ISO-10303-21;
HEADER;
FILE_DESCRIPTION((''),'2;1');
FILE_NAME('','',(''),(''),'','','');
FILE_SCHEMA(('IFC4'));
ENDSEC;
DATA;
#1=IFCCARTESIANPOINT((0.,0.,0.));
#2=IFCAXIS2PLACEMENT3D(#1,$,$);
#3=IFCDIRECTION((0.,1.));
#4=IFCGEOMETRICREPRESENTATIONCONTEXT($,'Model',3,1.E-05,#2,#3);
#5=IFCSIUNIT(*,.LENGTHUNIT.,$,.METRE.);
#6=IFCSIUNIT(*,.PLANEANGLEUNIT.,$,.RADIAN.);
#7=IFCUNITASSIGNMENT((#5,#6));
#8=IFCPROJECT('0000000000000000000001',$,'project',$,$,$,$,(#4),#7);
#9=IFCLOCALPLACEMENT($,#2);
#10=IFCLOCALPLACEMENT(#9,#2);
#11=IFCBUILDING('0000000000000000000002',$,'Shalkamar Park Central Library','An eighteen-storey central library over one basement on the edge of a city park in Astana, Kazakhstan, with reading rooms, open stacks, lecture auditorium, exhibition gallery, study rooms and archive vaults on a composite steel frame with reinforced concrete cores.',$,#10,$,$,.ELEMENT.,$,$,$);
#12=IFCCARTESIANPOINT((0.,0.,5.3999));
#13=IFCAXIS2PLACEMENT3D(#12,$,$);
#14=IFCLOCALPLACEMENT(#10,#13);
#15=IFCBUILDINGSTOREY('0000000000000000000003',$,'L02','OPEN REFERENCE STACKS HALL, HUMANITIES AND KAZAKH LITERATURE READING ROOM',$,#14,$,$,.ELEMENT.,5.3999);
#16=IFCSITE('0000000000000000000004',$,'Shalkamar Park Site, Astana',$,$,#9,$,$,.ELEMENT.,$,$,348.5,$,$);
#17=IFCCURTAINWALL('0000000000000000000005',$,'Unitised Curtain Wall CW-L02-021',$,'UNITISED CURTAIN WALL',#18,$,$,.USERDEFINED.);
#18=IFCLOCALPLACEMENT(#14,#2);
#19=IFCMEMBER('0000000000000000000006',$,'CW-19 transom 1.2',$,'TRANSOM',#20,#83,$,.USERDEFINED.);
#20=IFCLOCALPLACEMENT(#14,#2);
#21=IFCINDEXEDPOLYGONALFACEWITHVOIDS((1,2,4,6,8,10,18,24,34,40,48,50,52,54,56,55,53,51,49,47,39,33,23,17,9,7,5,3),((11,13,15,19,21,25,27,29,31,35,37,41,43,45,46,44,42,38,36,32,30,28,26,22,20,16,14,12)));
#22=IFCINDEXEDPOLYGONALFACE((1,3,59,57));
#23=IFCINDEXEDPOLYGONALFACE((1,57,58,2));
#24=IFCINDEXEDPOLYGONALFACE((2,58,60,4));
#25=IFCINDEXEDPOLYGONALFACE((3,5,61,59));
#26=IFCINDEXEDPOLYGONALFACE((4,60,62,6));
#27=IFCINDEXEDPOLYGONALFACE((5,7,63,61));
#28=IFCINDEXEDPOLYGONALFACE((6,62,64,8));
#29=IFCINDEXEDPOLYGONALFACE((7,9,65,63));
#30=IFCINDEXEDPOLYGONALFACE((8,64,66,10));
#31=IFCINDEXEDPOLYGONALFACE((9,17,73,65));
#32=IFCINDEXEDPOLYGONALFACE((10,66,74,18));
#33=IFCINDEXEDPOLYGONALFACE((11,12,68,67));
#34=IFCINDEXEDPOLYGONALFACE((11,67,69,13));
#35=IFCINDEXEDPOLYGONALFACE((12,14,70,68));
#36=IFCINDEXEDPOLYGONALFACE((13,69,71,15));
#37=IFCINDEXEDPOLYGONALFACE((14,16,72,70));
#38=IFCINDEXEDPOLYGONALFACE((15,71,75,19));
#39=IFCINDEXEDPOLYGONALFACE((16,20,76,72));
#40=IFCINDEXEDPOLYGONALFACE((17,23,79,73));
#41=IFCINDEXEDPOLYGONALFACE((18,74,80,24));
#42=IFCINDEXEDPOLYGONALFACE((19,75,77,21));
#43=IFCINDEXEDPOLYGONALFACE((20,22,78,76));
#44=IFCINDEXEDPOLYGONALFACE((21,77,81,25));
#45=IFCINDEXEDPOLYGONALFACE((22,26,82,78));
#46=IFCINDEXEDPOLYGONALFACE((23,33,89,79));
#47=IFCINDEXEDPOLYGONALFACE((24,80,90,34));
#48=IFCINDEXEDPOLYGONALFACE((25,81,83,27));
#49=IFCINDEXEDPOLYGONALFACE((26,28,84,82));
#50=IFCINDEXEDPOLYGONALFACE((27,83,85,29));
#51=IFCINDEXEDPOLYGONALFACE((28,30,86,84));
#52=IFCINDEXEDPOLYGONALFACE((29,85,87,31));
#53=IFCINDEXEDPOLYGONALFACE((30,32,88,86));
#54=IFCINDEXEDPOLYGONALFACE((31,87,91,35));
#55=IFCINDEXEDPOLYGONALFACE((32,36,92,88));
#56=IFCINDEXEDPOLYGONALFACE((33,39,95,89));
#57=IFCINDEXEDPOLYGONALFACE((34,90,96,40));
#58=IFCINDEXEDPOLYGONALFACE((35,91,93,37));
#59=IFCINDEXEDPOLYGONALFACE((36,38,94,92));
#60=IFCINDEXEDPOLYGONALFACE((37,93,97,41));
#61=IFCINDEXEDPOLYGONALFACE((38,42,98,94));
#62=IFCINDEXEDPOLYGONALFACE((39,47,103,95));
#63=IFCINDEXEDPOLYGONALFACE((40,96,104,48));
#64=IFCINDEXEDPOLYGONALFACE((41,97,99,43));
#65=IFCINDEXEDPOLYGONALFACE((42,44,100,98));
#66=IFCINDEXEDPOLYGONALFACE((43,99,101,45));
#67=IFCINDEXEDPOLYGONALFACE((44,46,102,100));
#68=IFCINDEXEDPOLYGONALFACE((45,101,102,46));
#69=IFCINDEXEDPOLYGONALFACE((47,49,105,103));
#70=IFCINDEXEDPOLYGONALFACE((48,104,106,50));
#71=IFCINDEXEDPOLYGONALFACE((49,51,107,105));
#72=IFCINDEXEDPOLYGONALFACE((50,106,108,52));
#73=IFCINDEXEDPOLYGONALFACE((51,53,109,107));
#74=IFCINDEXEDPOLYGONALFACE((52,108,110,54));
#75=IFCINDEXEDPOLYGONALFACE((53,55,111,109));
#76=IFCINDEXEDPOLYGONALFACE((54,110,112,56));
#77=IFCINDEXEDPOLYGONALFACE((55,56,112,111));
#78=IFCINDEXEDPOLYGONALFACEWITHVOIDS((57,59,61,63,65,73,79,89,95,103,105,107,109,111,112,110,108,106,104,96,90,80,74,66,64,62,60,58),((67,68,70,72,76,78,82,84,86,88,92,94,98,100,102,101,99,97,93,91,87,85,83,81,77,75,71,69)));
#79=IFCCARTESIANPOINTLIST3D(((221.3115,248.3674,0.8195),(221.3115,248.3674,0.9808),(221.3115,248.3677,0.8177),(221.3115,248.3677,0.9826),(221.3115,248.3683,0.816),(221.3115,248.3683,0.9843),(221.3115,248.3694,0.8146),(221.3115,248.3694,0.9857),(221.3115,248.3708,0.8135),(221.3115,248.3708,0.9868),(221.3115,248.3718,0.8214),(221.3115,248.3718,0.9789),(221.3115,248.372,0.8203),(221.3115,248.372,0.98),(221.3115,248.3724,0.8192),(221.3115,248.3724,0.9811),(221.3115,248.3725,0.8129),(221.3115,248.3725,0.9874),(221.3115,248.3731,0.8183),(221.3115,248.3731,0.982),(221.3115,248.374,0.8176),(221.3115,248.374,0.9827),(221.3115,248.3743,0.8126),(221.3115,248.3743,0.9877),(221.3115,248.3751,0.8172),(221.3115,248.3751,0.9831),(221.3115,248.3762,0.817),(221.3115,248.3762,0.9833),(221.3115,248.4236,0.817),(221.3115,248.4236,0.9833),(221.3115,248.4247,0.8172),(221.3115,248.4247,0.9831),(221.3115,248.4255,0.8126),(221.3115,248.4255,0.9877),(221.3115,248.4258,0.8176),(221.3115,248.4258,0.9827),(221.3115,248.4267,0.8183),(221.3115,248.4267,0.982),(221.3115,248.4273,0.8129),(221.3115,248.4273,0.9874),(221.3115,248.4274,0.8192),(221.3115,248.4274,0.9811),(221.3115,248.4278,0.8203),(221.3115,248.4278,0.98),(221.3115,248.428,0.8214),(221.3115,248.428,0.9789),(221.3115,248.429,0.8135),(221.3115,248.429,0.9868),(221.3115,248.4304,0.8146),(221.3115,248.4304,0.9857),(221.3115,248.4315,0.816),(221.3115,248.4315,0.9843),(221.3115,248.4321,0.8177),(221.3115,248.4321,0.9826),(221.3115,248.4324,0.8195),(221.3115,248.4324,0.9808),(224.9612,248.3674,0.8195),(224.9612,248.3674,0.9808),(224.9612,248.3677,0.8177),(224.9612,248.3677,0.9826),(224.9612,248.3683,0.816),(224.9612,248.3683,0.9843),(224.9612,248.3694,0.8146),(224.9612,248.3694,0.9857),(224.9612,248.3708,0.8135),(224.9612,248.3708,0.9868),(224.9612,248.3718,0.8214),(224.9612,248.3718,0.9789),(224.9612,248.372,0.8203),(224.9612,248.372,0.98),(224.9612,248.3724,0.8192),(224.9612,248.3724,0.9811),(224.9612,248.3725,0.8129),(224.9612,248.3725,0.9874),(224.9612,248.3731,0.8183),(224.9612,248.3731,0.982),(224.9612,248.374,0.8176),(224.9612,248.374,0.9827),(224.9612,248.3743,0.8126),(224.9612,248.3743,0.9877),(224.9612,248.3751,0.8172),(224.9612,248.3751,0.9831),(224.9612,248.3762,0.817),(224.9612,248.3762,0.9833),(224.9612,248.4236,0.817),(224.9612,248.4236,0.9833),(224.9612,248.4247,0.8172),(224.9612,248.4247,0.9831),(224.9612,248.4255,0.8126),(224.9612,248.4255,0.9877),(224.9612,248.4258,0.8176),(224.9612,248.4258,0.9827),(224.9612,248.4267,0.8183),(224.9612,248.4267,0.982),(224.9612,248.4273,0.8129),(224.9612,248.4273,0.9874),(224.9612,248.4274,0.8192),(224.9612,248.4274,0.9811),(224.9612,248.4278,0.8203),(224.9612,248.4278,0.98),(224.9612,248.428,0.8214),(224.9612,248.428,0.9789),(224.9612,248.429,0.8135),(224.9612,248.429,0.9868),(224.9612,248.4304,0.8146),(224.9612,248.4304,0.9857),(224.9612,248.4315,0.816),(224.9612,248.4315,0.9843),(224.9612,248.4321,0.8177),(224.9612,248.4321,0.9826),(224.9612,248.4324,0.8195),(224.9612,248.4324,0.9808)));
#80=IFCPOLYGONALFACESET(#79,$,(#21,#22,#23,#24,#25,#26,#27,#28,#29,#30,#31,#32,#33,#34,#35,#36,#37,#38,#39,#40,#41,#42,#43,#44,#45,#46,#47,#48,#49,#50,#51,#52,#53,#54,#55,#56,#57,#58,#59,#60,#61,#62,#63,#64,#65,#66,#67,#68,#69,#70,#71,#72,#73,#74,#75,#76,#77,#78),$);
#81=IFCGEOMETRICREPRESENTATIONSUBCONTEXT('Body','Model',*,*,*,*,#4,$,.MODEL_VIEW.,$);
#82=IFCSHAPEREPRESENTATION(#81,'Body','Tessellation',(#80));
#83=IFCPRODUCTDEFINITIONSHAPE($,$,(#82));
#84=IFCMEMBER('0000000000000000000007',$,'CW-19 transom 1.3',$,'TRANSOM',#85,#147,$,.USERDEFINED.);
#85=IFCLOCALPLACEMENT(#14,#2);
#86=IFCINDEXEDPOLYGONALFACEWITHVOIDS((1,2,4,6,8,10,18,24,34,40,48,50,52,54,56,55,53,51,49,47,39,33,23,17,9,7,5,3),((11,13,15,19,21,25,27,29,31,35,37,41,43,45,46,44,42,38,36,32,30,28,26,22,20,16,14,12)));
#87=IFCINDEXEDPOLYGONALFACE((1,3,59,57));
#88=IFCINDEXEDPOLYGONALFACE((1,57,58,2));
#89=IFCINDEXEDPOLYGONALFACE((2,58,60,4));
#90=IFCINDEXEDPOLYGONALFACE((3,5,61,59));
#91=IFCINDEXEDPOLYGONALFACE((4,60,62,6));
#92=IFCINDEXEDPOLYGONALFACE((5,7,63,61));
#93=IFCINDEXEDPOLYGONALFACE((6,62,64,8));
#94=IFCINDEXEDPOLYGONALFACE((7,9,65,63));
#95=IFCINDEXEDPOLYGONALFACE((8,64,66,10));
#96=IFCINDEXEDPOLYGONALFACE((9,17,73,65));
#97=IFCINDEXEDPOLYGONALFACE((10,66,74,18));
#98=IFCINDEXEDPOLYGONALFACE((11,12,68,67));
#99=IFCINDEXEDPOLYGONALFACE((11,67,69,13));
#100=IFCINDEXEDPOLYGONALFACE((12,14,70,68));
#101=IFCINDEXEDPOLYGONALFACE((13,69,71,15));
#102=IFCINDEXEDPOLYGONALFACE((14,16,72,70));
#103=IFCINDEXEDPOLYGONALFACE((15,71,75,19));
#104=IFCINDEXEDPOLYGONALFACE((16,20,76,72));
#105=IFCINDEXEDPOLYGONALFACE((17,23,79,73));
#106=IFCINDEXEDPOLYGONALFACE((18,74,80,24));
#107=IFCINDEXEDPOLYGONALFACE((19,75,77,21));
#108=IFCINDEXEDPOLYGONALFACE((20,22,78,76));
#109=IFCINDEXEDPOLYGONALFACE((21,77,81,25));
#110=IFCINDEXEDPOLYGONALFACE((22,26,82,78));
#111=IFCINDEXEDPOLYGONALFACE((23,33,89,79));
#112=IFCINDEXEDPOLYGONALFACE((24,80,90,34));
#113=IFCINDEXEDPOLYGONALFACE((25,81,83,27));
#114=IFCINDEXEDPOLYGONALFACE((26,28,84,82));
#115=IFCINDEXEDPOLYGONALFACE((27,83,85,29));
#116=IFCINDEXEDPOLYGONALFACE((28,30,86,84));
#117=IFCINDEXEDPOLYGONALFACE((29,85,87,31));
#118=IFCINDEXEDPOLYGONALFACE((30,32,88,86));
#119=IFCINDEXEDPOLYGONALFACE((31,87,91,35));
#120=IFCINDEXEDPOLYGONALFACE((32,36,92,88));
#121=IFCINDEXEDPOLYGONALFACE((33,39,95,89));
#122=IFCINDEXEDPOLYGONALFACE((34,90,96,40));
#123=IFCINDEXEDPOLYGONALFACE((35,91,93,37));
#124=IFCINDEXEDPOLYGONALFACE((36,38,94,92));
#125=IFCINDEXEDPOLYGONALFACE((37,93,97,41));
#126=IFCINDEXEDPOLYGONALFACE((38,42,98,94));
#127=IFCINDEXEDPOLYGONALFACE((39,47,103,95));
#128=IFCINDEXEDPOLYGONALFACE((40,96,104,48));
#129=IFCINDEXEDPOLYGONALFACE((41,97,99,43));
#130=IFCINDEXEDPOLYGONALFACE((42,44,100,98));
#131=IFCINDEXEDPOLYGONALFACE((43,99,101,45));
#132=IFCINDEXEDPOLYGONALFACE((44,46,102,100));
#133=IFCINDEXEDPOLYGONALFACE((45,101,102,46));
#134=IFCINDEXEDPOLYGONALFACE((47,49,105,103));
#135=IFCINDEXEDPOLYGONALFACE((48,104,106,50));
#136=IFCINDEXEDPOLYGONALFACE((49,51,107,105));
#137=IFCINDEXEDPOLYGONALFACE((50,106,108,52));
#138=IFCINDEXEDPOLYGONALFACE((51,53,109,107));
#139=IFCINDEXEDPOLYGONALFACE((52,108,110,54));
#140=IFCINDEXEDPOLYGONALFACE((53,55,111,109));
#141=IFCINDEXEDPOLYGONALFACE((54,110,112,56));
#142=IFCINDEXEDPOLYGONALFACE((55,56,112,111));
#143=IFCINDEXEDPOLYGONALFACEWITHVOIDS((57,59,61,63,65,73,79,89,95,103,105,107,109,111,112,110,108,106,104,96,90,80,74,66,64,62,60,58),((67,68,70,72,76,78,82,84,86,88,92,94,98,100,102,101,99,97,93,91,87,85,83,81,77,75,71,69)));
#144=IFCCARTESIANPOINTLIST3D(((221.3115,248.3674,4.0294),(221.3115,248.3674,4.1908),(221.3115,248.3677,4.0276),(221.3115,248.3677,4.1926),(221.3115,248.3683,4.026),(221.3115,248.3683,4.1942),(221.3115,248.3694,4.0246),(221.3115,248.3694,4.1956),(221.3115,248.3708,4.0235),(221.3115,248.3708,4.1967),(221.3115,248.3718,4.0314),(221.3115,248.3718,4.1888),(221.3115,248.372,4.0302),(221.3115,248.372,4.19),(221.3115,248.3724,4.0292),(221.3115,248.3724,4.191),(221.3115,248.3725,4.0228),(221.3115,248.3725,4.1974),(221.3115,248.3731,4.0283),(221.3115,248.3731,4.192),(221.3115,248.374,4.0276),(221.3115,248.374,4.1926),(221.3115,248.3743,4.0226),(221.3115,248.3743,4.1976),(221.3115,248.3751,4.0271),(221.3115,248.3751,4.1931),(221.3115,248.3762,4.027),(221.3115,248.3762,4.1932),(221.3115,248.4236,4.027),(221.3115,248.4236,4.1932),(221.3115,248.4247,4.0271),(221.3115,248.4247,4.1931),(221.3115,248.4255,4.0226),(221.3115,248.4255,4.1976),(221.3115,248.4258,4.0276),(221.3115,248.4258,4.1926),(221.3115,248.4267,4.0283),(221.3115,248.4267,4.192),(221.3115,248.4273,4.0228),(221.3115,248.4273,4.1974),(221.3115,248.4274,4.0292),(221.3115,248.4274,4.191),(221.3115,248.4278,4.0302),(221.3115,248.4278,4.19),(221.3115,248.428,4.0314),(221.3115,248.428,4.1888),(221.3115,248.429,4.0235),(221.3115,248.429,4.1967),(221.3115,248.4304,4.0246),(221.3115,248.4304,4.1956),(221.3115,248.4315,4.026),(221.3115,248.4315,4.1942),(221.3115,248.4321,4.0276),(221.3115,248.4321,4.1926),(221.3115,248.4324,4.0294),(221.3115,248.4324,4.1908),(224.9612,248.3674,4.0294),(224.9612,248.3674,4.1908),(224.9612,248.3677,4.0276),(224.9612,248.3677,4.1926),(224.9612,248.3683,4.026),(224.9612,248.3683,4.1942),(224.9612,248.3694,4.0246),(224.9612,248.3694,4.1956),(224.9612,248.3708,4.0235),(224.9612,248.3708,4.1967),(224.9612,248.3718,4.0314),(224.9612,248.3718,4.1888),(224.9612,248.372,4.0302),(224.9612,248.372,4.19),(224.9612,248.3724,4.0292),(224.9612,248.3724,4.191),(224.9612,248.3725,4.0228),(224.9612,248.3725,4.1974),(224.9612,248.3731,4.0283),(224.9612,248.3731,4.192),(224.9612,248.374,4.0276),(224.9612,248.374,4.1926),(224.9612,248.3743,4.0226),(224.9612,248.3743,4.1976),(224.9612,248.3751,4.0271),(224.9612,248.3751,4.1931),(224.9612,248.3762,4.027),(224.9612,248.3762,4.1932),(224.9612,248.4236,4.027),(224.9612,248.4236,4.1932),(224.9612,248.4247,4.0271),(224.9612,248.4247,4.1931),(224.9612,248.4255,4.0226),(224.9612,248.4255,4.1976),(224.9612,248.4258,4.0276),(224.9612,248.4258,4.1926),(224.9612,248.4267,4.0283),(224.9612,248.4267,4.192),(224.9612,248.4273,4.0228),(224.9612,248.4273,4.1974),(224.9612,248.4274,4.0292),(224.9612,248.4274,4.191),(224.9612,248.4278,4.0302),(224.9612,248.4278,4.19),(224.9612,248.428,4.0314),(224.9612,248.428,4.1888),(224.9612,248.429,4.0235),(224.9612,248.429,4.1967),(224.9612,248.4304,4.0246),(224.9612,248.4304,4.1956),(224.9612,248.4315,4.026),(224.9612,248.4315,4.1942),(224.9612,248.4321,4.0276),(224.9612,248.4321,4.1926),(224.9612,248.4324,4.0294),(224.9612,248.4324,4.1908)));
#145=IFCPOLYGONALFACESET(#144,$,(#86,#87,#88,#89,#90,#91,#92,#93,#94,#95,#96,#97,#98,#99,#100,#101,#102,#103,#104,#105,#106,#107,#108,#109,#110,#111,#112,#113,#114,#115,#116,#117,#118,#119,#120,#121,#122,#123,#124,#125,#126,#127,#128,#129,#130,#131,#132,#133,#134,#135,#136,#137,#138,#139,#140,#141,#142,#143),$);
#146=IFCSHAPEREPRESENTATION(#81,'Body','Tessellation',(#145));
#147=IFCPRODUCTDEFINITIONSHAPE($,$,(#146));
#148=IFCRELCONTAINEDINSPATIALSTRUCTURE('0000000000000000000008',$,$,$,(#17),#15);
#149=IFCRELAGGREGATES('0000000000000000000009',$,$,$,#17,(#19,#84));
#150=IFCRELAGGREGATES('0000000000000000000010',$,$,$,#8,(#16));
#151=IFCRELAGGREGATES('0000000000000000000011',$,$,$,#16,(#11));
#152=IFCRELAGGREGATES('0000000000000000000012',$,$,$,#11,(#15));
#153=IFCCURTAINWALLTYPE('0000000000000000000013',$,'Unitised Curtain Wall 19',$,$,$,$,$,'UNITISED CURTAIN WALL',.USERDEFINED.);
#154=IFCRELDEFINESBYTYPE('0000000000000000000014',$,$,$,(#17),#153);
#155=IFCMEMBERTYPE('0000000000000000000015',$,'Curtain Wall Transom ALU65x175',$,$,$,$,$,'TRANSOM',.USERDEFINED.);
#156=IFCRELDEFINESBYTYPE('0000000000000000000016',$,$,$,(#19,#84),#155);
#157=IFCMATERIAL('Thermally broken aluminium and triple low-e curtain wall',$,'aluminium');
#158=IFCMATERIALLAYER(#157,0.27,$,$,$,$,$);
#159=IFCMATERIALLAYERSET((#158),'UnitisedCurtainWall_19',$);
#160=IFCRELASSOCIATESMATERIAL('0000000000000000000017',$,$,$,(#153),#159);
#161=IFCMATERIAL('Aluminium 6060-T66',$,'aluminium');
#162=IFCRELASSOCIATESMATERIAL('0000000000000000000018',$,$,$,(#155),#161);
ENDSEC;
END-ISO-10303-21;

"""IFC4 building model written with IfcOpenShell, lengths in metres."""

from ifc_helpers import new_model, si_unit, direction, frame, origin, origin_2d, place, context, subcontext, project, spatial, hollow_rectangle, extrude, material, layer, layer_set, material_profile, profile_set, type_object, element, aggregate, save


model = new_model("IFC4")

# Units and contexts
model_context = context("Model", 3, precision=1e-05, world=origin(), true_north=direction((0.0, 1.0)))
body_context = subcontext(model_context, "Body", "Model", "MODEL_VIEW")
ifc_project = project(units=[si_unit("LENGTHUNIT", "METRE"), si_unit("PLANEANGLEUNIT", "RADIAN")], contexts=[model_context])

# Site, building, storey
site_placement = place(None, origin())
site = spatial("IfcSite", under=ifc_project, at=site_placement, Name="Shalkamar Park Site, Astana", CompositionType="ELEMENT", RefElevation=348.5)
building_placement = place(site_placement, origin())
building = spatial("IfcBuilding", under=site, at=building_placement, Name="Shalkamar Park Central Library", Description="An eighteen-storey central library over one basement on the edge of a city park in Astana, Kazakhstan, with reading rooms, open stacks, lecture auditorium, exhibition gallery, study rooms and archive vaults on a composite steel frame with reinforced concrete cores.", CompositionType="ELEMENT")
storey_placement = place(building_placement, frame((0.0, 0.0, 5.3999)))
storey = spatial("IfcBuildingStorey", under=building, at=storey_placement, Name="L02", Description="OPEN REFERENCE STACKS HALL, HUMANITIES AND KAZAKH LITERATURE READING ROOM", CompositionType="ELEMENT", Elevation=5.3999)

# Curtain wall, members
ifc_material_1 = material(Name="Thermally broken aluminium and triple low-e curtain wall", Category="aluminium")
ifc_layer_1 = layer(ifc_material_1, 0.27)
ifc_layer_set_1 = layer_set([ifc_layer_1], Name="UnitisedCurtainWall_19")
curtain_wall_type = type_object("IfcCurtainWallType", Name="Unitised Curtain Wall 19", ElementType="UNITISED CURTAIN WALL", PredefinedType="USERDEFINED", material=ifc_layer_set_1)
curtain_wall_placement = place(storey_placement, origin())
curtain_wall = element("IfcCurtainWall", 1, at=curtain_wall_placement, inside=storey, type_object=curtain_wall_type, Name="Unitised Curtain Wall CW-L02-021", ObjectType="UNITISED CURTAIN WALL", PredefinedType="USERDEFINED")
ifc_material_2 = material(Name="Aluminium 6060-T66", Category="aluminium")
ifc_material_profile_1 = material_profile(ifc_material_2, hollow_rectangle(XDim=0.0649, YDim=0.175, WallThickness=0.0044, InnerFilletRadius=0.0044, OuterFilletRadius=0.0068, at=origin_2d()), Name="ALU 65x175x4.5")
ifc_profile_set_1 = profile_set([ifc_material_profile_1], Name="Aluminium 6060-T66")
member_type_1 = type_object("IfcMemberType", Name="Curtain Wall Transom ALU65x175", ElementType="TRANSOM", PredefinedType="USERDEFINED", material=ifc_profile_set_1)
member_1_placement = place(storey_placement, frame((221.3115, 248.3999, 0.9001), z_axis=(1.0, 0.0, 0.0), x_axis=(0.0, 1.0, 0.0)))
member_1 = element("IfcMember", 2, at=member_1_placement, type_object=member_type_1, Name="CW-19 transom 1.2", ObjectType="TRANSOM", PredefinedType="USERDEFINED", context=body_context, shape_type="SweptSolid", body=[
    extrude(hollow_rectangle(XDim=0.0649, YDim=0.175, WallThickness=0.0044, InnerFilletRadius=0.0044, OuterFilletRadius=0.0068, at=origin_2d()), origin(), (0.0, 0.0, 1.0), 3.6497),
])
member_2_placement = place(storey_placement, frame((221.3115, 248.3999, 4.1101), z_axis=(1.0, 0.0, 0.0), x_axis=(0.0, 1.0, 0.0)))
member_2 = element("IfcMember", 3, at=member_2_placement, type_object=member_type_1, Name="CW-19 transom 1.3", ObjectType="TRANSOM", PredefinedType="USERDEFINED", context=body_context, shape_type="SweptSolid", body=[
    extrude(hollow_rectangle(XDim=0.0649, YDim=0.175, WallThickness=0.0044, InnerFilletRadius=0.0044, OuterFilletRadius=0.0068, at=origin_2d()), origin(), (0.0, 0.0, 1.0), 3.6497),
])

aggregate(curtain_wall, [member_1, member_2])

save(model, "model.ifc")
